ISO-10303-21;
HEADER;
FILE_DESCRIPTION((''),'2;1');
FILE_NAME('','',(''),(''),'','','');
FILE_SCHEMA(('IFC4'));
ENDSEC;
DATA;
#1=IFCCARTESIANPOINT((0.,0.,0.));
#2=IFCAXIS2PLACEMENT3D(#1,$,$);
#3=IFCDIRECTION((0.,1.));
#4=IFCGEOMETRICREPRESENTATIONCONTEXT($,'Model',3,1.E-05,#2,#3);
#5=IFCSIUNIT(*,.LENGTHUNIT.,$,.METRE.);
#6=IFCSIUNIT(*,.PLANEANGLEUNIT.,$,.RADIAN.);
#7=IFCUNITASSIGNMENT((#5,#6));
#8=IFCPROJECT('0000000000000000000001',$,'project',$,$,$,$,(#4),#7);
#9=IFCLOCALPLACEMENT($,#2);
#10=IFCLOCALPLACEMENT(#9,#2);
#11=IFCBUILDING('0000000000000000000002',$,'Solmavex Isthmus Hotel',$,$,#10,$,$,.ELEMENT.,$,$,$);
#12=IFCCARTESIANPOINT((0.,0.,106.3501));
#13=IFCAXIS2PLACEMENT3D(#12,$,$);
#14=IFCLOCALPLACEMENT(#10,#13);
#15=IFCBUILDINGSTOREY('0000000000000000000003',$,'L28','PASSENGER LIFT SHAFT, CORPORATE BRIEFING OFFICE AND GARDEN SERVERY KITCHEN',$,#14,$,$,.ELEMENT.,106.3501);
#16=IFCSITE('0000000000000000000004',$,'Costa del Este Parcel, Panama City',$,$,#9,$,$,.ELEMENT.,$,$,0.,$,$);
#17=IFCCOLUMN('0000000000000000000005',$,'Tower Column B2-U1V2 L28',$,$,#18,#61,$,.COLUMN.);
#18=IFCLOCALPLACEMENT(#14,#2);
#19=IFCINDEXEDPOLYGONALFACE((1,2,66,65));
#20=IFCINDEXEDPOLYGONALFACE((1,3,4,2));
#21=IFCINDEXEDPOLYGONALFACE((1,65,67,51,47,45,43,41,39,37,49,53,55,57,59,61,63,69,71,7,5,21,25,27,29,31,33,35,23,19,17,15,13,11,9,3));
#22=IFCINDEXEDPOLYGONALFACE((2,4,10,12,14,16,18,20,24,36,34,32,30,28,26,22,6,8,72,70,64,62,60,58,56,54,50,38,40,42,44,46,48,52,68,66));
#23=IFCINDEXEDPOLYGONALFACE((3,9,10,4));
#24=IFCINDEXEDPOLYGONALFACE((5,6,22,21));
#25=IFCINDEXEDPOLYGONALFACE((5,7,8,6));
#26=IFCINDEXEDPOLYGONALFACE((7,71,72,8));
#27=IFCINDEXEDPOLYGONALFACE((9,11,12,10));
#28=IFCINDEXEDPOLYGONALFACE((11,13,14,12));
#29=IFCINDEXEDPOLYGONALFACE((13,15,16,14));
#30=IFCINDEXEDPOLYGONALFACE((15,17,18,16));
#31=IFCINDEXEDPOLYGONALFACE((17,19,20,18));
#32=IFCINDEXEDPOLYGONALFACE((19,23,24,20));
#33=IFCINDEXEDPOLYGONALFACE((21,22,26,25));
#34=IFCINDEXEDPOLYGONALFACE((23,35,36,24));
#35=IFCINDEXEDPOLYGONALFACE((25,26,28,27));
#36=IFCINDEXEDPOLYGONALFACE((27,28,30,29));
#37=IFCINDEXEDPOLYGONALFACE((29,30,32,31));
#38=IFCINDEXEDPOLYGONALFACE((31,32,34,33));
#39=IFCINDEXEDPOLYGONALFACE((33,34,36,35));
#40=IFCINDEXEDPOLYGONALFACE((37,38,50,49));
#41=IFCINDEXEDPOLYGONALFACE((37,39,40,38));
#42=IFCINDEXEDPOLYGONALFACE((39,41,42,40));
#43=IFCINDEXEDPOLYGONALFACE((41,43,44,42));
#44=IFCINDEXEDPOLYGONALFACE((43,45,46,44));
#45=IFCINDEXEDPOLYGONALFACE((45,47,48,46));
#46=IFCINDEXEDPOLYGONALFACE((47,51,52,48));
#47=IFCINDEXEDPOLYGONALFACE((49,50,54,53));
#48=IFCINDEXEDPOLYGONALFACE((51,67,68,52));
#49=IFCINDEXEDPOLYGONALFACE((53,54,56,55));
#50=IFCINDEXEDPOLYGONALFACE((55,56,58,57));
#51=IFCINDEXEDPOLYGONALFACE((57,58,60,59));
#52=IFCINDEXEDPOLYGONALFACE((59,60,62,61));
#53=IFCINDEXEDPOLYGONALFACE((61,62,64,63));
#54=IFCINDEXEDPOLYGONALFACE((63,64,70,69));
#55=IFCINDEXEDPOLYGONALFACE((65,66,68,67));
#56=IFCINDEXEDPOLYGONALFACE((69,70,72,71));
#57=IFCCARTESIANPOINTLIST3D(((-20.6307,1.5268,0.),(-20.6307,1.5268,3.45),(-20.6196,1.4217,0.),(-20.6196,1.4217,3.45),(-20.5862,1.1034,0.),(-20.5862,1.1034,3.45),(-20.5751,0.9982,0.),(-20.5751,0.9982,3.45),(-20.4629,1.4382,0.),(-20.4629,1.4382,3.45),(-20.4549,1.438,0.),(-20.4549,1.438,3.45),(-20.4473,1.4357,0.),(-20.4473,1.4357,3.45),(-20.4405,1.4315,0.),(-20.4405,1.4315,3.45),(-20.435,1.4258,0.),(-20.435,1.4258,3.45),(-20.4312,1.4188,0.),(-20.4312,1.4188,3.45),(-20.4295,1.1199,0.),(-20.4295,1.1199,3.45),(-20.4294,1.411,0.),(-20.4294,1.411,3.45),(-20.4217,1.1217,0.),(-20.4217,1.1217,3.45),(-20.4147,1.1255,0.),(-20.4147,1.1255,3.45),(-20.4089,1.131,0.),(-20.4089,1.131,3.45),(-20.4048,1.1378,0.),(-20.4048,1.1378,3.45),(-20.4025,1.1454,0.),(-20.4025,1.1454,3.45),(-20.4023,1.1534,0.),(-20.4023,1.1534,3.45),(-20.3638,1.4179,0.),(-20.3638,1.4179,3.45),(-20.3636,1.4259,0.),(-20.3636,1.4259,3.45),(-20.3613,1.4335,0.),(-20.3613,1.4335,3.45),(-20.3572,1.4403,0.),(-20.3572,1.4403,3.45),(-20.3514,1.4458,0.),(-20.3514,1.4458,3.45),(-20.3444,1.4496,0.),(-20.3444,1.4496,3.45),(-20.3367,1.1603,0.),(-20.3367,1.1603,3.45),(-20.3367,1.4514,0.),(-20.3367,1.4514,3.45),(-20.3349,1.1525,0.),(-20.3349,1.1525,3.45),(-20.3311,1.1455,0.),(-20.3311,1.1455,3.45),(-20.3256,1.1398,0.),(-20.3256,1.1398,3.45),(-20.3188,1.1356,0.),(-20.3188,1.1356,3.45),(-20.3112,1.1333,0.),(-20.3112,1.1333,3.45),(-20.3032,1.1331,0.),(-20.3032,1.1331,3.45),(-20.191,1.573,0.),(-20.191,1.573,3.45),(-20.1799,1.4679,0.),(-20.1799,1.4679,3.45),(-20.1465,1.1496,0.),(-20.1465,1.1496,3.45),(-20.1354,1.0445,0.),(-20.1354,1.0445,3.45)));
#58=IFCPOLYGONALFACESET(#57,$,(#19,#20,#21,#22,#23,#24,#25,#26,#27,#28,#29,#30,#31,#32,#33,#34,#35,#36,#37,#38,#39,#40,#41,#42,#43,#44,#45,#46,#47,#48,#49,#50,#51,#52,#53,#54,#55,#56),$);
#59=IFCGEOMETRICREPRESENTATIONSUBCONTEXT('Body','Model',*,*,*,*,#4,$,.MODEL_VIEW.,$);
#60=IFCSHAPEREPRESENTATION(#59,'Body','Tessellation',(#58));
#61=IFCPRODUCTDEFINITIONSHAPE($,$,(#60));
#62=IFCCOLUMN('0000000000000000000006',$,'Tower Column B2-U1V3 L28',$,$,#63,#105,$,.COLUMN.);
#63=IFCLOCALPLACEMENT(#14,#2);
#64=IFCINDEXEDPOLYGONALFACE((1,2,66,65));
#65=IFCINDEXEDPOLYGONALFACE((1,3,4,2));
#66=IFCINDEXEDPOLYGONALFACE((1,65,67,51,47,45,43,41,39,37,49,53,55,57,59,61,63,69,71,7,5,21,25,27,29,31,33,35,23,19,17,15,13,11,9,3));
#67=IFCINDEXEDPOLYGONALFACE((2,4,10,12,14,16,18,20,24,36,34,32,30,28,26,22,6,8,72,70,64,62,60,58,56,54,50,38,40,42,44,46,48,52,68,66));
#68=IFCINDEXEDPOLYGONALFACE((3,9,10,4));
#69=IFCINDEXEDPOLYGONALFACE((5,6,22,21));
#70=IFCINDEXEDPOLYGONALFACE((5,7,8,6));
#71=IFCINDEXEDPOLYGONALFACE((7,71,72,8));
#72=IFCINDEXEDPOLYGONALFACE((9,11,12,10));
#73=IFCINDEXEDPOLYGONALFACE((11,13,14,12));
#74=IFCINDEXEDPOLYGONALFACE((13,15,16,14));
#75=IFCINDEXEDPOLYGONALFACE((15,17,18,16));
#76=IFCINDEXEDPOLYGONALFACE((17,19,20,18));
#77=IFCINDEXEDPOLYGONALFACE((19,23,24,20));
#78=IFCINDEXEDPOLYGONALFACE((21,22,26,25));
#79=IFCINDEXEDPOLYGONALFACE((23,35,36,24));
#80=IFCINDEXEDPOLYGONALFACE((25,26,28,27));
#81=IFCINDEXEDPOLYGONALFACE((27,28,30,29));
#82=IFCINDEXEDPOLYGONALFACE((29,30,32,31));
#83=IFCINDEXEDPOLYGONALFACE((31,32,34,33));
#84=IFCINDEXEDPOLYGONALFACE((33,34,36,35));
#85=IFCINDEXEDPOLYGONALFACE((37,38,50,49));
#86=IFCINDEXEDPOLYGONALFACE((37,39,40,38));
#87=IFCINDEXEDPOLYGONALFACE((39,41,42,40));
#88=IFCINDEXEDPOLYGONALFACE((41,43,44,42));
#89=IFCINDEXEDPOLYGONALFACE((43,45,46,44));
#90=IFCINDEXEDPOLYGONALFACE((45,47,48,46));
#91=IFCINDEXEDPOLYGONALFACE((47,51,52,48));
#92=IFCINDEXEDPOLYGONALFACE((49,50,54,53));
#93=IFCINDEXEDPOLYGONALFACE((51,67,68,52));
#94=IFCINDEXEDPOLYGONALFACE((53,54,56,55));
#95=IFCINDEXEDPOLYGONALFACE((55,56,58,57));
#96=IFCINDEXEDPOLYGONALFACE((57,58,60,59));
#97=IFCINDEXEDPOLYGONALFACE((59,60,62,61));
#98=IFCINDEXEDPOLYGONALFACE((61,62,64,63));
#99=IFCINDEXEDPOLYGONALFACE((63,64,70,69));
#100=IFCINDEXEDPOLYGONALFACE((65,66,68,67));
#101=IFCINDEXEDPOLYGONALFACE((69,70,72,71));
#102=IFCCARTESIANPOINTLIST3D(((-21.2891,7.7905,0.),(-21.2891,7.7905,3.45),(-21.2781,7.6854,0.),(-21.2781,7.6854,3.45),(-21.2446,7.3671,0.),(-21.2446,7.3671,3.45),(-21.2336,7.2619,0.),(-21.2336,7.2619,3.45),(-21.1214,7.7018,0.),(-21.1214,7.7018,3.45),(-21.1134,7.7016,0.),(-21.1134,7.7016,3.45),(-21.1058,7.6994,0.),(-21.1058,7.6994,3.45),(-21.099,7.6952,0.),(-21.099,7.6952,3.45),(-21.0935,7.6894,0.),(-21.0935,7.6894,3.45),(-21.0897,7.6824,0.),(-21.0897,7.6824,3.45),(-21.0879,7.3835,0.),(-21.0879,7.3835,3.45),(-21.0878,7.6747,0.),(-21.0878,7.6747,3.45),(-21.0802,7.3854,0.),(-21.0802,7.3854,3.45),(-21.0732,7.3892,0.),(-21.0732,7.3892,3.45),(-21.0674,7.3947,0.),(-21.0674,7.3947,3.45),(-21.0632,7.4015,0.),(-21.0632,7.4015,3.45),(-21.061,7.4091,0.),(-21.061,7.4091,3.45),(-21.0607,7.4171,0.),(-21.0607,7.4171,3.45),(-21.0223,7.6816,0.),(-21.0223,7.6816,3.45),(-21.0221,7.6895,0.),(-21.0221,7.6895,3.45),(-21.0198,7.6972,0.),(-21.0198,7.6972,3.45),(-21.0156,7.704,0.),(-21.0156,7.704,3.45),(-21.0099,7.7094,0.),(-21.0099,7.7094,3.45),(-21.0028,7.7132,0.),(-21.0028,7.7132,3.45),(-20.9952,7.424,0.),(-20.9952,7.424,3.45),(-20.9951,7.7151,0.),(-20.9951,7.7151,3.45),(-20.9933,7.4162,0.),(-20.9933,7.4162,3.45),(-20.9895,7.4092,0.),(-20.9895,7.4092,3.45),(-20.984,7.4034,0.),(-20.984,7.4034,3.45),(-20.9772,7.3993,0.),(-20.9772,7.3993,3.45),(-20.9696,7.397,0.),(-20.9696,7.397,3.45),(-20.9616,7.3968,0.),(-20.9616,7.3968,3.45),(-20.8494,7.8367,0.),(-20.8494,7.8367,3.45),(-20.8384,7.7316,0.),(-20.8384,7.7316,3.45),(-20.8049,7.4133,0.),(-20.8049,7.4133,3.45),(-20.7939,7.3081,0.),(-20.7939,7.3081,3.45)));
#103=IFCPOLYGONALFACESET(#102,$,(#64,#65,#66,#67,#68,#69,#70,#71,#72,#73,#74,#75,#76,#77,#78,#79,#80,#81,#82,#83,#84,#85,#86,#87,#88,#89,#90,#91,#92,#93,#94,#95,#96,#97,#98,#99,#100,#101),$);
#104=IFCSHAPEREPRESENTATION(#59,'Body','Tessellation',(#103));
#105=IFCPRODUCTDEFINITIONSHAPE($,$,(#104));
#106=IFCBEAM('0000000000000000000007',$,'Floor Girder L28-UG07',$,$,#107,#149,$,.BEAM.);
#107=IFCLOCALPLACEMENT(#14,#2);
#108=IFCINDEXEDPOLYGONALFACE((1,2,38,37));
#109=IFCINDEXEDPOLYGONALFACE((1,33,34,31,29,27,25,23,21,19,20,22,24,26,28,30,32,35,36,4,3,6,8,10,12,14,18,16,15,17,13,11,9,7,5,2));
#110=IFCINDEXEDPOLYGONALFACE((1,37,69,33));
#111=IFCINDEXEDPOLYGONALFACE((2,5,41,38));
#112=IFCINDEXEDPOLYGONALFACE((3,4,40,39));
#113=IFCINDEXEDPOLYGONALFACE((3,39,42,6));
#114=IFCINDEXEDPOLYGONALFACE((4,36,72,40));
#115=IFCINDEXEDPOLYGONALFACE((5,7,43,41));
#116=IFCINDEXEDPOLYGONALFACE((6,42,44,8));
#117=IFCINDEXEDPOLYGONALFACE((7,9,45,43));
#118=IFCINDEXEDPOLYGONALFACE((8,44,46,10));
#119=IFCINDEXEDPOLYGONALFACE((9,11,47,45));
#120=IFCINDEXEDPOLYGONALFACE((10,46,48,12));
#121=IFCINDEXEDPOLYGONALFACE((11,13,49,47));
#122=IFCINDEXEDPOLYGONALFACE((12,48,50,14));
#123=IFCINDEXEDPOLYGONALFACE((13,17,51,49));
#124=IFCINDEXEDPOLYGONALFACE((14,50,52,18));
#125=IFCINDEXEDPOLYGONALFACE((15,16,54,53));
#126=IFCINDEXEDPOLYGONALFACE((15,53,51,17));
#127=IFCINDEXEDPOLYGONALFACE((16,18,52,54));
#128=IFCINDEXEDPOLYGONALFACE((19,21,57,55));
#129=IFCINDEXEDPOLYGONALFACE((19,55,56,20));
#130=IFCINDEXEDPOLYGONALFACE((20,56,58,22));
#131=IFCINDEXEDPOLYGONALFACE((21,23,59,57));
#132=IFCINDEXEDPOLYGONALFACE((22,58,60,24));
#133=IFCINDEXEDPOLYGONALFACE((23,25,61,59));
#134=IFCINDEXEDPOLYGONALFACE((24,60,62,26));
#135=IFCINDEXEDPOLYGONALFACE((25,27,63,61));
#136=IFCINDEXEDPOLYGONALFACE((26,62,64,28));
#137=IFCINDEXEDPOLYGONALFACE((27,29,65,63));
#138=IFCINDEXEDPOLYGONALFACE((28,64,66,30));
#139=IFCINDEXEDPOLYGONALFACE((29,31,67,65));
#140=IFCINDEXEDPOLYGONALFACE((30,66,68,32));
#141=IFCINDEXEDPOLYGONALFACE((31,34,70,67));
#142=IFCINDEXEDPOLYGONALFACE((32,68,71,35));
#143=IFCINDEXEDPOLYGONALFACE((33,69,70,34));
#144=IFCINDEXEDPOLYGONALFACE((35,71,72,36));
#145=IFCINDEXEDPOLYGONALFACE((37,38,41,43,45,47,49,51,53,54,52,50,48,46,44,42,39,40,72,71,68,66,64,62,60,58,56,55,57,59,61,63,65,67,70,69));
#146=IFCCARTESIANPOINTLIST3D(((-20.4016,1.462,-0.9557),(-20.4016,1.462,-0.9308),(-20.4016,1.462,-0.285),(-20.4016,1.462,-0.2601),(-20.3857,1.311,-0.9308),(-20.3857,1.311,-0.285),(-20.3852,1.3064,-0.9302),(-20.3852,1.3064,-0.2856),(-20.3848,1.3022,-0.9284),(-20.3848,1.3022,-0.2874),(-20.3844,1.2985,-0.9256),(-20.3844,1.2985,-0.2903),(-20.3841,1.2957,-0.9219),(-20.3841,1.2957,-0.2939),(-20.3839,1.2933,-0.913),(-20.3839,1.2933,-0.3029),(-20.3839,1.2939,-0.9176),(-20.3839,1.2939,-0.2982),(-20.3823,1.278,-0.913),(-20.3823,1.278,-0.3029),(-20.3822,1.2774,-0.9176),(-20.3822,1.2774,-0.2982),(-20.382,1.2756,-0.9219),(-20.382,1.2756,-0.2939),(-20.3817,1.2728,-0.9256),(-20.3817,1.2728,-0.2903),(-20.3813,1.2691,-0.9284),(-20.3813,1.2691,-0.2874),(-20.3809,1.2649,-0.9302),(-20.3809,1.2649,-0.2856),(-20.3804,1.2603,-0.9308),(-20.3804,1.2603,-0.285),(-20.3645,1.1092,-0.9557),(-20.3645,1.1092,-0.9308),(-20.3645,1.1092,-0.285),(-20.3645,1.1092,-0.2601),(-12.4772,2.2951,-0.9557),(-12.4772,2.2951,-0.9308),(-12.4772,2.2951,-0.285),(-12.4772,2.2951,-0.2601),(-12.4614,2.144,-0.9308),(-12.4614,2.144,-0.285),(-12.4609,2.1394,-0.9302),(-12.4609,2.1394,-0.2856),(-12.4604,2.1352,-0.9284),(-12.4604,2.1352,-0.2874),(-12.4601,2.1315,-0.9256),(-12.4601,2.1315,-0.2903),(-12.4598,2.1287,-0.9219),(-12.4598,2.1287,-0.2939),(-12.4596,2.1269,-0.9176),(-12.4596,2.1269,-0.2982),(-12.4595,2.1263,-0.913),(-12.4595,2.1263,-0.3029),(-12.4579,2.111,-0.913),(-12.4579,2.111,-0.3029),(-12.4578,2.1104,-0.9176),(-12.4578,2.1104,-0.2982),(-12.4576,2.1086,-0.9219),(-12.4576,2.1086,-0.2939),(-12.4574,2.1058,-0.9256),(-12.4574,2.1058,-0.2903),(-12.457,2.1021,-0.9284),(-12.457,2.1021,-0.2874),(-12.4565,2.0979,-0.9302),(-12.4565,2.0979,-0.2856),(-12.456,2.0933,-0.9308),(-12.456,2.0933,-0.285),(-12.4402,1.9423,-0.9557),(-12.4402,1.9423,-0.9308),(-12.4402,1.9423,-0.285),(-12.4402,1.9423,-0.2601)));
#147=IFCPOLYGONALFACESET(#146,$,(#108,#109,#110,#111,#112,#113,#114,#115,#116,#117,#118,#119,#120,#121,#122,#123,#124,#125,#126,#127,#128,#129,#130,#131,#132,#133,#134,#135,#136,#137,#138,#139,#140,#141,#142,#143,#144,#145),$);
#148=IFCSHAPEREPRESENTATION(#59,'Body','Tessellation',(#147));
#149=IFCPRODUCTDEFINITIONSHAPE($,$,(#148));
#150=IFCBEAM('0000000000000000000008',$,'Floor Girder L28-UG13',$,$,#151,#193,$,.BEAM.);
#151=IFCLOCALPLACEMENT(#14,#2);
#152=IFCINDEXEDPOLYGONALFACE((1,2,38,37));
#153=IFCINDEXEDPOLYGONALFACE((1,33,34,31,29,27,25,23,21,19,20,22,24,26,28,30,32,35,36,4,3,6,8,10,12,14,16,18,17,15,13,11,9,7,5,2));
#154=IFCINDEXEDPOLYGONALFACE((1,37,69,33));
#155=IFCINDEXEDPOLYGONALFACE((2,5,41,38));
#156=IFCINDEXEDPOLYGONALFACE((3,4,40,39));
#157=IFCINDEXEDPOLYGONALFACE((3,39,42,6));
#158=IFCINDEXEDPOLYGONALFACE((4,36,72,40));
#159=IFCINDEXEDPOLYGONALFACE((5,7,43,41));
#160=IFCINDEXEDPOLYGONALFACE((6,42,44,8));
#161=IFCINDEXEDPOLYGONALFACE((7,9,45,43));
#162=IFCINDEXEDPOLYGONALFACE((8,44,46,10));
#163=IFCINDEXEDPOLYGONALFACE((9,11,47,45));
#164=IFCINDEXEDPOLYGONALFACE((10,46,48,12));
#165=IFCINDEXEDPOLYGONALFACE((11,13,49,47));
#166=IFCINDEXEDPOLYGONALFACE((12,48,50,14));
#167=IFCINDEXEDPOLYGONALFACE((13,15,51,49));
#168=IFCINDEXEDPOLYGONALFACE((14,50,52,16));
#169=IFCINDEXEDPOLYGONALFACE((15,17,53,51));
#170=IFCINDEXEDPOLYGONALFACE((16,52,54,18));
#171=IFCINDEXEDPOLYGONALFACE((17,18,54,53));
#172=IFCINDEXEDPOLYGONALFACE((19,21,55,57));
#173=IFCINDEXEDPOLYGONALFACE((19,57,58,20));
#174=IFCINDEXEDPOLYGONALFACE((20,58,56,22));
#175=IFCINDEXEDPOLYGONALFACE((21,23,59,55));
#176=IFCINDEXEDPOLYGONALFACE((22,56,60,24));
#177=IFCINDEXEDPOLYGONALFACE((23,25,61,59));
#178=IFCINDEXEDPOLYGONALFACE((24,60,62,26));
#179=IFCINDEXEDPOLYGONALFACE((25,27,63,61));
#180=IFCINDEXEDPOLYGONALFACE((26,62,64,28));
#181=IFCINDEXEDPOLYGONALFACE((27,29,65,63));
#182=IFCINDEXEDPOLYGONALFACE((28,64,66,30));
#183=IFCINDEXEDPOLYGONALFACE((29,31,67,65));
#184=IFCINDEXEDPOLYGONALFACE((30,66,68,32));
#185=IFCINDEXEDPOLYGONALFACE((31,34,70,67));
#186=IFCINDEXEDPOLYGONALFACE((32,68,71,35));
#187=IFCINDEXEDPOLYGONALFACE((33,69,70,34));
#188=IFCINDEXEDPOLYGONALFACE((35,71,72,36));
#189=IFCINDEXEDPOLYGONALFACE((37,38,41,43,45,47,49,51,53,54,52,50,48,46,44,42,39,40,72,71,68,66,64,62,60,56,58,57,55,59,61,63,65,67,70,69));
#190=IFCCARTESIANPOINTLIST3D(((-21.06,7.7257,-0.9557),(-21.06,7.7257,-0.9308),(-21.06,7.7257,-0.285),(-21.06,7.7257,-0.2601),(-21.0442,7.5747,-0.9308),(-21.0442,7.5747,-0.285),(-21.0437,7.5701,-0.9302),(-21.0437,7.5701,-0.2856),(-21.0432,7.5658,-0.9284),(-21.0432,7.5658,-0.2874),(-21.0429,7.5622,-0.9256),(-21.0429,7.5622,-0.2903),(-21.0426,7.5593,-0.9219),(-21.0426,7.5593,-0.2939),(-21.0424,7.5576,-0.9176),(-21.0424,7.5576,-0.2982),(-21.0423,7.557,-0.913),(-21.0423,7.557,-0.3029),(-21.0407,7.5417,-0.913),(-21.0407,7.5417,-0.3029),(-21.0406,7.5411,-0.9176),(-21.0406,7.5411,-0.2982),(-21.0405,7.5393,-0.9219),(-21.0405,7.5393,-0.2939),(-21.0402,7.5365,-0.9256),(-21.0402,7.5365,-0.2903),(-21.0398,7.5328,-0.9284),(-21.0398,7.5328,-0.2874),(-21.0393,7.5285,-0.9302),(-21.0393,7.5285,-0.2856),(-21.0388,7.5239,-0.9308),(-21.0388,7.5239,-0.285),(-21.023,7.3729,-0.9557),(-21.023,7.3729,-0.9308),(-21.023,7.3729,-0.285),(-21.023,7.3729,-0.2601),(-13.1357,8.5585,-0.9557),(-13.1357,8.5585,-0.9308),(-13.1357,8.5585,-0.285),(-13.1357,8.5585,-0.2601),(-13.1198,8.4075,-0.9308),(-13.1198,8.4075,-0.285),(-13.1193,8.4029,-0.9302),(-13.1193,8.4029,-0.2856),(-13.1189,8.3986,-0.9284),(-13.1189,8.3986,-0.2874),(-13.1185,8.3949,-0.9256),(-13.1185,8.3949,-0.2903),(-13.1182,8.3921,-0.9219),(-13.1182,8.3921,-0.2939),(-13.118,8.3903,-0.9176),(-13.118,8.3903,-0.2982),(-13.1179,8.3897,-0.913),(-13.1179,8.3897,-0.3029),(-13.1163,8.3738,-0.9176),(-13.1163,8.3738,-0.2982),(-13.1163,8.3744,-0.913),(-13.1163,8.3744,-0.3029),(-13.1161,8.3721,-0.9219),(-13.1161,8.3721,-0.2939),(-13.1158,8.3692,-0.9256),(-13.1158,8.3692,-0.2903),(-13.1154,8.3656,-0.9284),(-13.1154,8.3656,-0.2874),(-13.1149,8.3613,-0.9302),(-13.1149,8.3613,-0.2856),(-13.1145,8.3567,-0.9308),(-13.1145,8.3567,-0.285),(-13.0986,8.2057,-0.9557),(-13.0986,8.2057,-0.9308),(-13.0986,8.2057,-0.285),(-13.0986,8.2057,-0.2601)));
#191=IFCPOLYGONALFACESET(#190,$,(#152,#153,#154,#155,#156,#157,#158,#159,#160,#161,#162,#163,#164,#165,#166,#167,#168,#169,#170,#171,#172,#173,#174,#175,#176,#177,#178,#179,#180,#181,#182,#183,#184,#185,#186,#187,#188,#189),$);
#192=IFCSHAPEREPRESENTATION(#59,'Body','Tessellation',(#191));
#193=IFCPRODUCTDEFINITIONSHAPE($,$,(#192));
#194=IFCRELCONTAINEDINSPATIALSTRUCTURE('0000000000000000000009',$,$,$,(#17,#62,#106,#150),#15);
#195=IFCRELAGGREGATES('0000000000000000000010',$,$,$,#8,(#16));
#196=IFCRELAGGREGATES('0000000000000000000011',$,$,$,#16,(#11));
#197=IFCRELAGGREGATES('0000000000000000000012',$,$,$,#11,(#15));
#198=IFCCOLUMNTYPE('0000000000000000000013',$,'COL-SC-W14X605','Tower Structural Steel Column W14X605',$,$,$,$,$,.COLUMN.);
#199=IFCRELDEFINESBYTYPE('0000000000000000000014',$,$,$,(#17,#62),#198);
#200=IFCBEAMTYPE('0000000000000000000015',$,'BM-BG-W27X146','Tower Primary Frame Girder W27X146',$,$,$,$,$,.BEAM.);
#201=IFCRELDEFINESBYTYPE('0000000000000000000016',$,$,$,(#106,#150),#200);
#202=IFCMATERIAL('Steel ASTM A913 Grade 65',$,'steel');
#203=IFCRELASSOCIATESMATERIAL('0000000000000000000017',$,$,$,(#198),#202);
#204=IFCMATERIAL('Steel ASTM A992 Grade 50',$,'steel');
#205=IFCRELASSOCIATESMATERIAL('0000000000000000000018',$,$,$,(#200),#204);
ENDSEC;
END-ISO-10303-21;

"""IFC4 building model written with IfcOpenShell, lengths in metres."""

from ifc_helpers import new_model, si_unit, direction, frame, origin, origin_2d, place, context, subcontext, project, spatial, i_section, extrude, material, material_profile, profile_set, type_object, element, save


model = new_model("IFC4")

# Units and contexts
model_context = context("Model", 3, precision=1e-05, world=origin(), true_north=direction((0.0, 1.0)))
body_context = subcontext(model_context, "Body", "Model", "MODEL_VIEW")
ifc_project = project(units=[si_unit("LENGTHUNIT", "METRE"), si_unit("PLANEANGLEUNIT", "RADIAN")], contexts=[model_context])

# Site, building, storey
site_placement = place(None, origin())
site = spatial("IfcSite", under=ifc_project, at=site_placement, Name="Costa del Este Parcel, Panama City", CompositionType="ELEMENT", RefElevation=0.0)
building_placement = place(site_placement, origin())
building = spatial("IfcBuilding", under=site, at=building_placement, Name="Solmavex Isthmus Hotel", CompositionType="ELEMENT")
storey_placement = place(building_placement, frame((0.0, 0.0, 106.3501)))
storey = spatial("IfcBuildingStorey", under=building, at=storey_placement, Name="L28", Description="PASSENGER LIFT SHAFT, CORPORATE BRIEFING OFFICE AND GARDEN SERVERY KITCHEN", CompositionType="ELEMENT", Elevation=106.3501)

# Columns
ifc_material_1 = material(Name="Steel ASTM A913 Grade 65", Category="steel")
ifc_material_profile_1 = material_profile(ifc_material_1, i_section(OverallWidth=0.4421, OverallDepth=0.5315, WebThickness=0.0659, FlangeThickness=0.1057, FilletRadius=0.0305, at=origin_2d()), Name="W14X605")
ifc_profile_set_1 = profile_set([ifc_material_profile_1], Name="Steel ASTM A913 Grade 65")
column_type = type_object("IfcColumnType", Name="COL-SC-W14X605", Description="Tower Structural Steel Column W14X605", PredefinedType="COLUMN", material=ifc_profile_set_1)
for number, where, z_axis, x_axis, name in (
    (1, (-20.3831, 1.2856, 0.0), (0.0, 0.0, 1.0), (0.994522, 0.104528, 0.0), "Tower Column B2-U1V2 L28"),
    (2, (-21.0415, 7.5493, 0.0), (0.0, 0.0, 1.0), (0.994522, 0.104528, 0.0), "Tower Column B2-U1V3 L28"),
):
    element("IfcColumn", number, at=place(storey_placement, frame(where, z_axis=z_axis, x_axis=x_axis)), inside=storey, type_object=column_type, Name=name, PredefinedType="COLUMN", context=body_context, shape_type="SweptSolid", body=[
        extrude(i_section(OverallWidth=0.4421, OverallDepth=0.5315, WebThickness=0.0659, FlangeThickness=0.1057, FilletRadius=0.0305, at=origin_2d()), origin(), (0.0, 0.0, 1.0), 3.45),
    ])

# Beams
ifc_material_2 = material(Name="Steel ASTM A992 Grade 50", Category="steel")
ifc_material_profile_2 = material_profile(ifc_material_2, i_section(OverallWidth=0.3547, OverallDepth=0.6956, WebThickness=0.0154, FlangeThickness=0.0249, FilletRadius=0.0178, at=origin_2d()), Name="W27X146")
ifc_profile_set_2 = profile_set([ifc_material_profile_2], Name="Steel ASTM A992 Grade 50")
beam_type_1 = type_object("IfcBeamType", Name="BM-BG-W27X146", Description="Tower Primary Frame Girder W27X146", PredefinedType="BEAM", material=ifc_profile_set_2)
for number, where, z_axis, x_axis, name in (
    (3, (-20.3831, 1.2856, -0.6079), (0.99452, 0.104544, 0.0), (-0.104544, 0.99452, 0.0), "Floor Girder L28-UG07"),
    (4, (-21.0415, 7.5493, -0.6079), (0.994523, 0.104514, 0.0), (-0.104514, 0.994523, 0.0), "Floor Girder L28-UG13"),
):
    element("IfcBeam", number, at=place(storey_placement, frame(where, z_axis=z_axis, x_axis=x_axis)), inside=storey, type_object=beam_type_1, Name=name, PredefinedType="BEAM", context=body_context, shape_type="SweptSolid", body=[
        extrude(i_section(OverallWidth=0.3547, OverallDepth=0.6956, WebThickness=0.0154, FlangeThickness=0.0249, FilletRadius=0.0178, at=origin_2d()), origin(), (0.0, 0.0, 1.0), 7.968),
    ])

save(model, "model.ifc")
